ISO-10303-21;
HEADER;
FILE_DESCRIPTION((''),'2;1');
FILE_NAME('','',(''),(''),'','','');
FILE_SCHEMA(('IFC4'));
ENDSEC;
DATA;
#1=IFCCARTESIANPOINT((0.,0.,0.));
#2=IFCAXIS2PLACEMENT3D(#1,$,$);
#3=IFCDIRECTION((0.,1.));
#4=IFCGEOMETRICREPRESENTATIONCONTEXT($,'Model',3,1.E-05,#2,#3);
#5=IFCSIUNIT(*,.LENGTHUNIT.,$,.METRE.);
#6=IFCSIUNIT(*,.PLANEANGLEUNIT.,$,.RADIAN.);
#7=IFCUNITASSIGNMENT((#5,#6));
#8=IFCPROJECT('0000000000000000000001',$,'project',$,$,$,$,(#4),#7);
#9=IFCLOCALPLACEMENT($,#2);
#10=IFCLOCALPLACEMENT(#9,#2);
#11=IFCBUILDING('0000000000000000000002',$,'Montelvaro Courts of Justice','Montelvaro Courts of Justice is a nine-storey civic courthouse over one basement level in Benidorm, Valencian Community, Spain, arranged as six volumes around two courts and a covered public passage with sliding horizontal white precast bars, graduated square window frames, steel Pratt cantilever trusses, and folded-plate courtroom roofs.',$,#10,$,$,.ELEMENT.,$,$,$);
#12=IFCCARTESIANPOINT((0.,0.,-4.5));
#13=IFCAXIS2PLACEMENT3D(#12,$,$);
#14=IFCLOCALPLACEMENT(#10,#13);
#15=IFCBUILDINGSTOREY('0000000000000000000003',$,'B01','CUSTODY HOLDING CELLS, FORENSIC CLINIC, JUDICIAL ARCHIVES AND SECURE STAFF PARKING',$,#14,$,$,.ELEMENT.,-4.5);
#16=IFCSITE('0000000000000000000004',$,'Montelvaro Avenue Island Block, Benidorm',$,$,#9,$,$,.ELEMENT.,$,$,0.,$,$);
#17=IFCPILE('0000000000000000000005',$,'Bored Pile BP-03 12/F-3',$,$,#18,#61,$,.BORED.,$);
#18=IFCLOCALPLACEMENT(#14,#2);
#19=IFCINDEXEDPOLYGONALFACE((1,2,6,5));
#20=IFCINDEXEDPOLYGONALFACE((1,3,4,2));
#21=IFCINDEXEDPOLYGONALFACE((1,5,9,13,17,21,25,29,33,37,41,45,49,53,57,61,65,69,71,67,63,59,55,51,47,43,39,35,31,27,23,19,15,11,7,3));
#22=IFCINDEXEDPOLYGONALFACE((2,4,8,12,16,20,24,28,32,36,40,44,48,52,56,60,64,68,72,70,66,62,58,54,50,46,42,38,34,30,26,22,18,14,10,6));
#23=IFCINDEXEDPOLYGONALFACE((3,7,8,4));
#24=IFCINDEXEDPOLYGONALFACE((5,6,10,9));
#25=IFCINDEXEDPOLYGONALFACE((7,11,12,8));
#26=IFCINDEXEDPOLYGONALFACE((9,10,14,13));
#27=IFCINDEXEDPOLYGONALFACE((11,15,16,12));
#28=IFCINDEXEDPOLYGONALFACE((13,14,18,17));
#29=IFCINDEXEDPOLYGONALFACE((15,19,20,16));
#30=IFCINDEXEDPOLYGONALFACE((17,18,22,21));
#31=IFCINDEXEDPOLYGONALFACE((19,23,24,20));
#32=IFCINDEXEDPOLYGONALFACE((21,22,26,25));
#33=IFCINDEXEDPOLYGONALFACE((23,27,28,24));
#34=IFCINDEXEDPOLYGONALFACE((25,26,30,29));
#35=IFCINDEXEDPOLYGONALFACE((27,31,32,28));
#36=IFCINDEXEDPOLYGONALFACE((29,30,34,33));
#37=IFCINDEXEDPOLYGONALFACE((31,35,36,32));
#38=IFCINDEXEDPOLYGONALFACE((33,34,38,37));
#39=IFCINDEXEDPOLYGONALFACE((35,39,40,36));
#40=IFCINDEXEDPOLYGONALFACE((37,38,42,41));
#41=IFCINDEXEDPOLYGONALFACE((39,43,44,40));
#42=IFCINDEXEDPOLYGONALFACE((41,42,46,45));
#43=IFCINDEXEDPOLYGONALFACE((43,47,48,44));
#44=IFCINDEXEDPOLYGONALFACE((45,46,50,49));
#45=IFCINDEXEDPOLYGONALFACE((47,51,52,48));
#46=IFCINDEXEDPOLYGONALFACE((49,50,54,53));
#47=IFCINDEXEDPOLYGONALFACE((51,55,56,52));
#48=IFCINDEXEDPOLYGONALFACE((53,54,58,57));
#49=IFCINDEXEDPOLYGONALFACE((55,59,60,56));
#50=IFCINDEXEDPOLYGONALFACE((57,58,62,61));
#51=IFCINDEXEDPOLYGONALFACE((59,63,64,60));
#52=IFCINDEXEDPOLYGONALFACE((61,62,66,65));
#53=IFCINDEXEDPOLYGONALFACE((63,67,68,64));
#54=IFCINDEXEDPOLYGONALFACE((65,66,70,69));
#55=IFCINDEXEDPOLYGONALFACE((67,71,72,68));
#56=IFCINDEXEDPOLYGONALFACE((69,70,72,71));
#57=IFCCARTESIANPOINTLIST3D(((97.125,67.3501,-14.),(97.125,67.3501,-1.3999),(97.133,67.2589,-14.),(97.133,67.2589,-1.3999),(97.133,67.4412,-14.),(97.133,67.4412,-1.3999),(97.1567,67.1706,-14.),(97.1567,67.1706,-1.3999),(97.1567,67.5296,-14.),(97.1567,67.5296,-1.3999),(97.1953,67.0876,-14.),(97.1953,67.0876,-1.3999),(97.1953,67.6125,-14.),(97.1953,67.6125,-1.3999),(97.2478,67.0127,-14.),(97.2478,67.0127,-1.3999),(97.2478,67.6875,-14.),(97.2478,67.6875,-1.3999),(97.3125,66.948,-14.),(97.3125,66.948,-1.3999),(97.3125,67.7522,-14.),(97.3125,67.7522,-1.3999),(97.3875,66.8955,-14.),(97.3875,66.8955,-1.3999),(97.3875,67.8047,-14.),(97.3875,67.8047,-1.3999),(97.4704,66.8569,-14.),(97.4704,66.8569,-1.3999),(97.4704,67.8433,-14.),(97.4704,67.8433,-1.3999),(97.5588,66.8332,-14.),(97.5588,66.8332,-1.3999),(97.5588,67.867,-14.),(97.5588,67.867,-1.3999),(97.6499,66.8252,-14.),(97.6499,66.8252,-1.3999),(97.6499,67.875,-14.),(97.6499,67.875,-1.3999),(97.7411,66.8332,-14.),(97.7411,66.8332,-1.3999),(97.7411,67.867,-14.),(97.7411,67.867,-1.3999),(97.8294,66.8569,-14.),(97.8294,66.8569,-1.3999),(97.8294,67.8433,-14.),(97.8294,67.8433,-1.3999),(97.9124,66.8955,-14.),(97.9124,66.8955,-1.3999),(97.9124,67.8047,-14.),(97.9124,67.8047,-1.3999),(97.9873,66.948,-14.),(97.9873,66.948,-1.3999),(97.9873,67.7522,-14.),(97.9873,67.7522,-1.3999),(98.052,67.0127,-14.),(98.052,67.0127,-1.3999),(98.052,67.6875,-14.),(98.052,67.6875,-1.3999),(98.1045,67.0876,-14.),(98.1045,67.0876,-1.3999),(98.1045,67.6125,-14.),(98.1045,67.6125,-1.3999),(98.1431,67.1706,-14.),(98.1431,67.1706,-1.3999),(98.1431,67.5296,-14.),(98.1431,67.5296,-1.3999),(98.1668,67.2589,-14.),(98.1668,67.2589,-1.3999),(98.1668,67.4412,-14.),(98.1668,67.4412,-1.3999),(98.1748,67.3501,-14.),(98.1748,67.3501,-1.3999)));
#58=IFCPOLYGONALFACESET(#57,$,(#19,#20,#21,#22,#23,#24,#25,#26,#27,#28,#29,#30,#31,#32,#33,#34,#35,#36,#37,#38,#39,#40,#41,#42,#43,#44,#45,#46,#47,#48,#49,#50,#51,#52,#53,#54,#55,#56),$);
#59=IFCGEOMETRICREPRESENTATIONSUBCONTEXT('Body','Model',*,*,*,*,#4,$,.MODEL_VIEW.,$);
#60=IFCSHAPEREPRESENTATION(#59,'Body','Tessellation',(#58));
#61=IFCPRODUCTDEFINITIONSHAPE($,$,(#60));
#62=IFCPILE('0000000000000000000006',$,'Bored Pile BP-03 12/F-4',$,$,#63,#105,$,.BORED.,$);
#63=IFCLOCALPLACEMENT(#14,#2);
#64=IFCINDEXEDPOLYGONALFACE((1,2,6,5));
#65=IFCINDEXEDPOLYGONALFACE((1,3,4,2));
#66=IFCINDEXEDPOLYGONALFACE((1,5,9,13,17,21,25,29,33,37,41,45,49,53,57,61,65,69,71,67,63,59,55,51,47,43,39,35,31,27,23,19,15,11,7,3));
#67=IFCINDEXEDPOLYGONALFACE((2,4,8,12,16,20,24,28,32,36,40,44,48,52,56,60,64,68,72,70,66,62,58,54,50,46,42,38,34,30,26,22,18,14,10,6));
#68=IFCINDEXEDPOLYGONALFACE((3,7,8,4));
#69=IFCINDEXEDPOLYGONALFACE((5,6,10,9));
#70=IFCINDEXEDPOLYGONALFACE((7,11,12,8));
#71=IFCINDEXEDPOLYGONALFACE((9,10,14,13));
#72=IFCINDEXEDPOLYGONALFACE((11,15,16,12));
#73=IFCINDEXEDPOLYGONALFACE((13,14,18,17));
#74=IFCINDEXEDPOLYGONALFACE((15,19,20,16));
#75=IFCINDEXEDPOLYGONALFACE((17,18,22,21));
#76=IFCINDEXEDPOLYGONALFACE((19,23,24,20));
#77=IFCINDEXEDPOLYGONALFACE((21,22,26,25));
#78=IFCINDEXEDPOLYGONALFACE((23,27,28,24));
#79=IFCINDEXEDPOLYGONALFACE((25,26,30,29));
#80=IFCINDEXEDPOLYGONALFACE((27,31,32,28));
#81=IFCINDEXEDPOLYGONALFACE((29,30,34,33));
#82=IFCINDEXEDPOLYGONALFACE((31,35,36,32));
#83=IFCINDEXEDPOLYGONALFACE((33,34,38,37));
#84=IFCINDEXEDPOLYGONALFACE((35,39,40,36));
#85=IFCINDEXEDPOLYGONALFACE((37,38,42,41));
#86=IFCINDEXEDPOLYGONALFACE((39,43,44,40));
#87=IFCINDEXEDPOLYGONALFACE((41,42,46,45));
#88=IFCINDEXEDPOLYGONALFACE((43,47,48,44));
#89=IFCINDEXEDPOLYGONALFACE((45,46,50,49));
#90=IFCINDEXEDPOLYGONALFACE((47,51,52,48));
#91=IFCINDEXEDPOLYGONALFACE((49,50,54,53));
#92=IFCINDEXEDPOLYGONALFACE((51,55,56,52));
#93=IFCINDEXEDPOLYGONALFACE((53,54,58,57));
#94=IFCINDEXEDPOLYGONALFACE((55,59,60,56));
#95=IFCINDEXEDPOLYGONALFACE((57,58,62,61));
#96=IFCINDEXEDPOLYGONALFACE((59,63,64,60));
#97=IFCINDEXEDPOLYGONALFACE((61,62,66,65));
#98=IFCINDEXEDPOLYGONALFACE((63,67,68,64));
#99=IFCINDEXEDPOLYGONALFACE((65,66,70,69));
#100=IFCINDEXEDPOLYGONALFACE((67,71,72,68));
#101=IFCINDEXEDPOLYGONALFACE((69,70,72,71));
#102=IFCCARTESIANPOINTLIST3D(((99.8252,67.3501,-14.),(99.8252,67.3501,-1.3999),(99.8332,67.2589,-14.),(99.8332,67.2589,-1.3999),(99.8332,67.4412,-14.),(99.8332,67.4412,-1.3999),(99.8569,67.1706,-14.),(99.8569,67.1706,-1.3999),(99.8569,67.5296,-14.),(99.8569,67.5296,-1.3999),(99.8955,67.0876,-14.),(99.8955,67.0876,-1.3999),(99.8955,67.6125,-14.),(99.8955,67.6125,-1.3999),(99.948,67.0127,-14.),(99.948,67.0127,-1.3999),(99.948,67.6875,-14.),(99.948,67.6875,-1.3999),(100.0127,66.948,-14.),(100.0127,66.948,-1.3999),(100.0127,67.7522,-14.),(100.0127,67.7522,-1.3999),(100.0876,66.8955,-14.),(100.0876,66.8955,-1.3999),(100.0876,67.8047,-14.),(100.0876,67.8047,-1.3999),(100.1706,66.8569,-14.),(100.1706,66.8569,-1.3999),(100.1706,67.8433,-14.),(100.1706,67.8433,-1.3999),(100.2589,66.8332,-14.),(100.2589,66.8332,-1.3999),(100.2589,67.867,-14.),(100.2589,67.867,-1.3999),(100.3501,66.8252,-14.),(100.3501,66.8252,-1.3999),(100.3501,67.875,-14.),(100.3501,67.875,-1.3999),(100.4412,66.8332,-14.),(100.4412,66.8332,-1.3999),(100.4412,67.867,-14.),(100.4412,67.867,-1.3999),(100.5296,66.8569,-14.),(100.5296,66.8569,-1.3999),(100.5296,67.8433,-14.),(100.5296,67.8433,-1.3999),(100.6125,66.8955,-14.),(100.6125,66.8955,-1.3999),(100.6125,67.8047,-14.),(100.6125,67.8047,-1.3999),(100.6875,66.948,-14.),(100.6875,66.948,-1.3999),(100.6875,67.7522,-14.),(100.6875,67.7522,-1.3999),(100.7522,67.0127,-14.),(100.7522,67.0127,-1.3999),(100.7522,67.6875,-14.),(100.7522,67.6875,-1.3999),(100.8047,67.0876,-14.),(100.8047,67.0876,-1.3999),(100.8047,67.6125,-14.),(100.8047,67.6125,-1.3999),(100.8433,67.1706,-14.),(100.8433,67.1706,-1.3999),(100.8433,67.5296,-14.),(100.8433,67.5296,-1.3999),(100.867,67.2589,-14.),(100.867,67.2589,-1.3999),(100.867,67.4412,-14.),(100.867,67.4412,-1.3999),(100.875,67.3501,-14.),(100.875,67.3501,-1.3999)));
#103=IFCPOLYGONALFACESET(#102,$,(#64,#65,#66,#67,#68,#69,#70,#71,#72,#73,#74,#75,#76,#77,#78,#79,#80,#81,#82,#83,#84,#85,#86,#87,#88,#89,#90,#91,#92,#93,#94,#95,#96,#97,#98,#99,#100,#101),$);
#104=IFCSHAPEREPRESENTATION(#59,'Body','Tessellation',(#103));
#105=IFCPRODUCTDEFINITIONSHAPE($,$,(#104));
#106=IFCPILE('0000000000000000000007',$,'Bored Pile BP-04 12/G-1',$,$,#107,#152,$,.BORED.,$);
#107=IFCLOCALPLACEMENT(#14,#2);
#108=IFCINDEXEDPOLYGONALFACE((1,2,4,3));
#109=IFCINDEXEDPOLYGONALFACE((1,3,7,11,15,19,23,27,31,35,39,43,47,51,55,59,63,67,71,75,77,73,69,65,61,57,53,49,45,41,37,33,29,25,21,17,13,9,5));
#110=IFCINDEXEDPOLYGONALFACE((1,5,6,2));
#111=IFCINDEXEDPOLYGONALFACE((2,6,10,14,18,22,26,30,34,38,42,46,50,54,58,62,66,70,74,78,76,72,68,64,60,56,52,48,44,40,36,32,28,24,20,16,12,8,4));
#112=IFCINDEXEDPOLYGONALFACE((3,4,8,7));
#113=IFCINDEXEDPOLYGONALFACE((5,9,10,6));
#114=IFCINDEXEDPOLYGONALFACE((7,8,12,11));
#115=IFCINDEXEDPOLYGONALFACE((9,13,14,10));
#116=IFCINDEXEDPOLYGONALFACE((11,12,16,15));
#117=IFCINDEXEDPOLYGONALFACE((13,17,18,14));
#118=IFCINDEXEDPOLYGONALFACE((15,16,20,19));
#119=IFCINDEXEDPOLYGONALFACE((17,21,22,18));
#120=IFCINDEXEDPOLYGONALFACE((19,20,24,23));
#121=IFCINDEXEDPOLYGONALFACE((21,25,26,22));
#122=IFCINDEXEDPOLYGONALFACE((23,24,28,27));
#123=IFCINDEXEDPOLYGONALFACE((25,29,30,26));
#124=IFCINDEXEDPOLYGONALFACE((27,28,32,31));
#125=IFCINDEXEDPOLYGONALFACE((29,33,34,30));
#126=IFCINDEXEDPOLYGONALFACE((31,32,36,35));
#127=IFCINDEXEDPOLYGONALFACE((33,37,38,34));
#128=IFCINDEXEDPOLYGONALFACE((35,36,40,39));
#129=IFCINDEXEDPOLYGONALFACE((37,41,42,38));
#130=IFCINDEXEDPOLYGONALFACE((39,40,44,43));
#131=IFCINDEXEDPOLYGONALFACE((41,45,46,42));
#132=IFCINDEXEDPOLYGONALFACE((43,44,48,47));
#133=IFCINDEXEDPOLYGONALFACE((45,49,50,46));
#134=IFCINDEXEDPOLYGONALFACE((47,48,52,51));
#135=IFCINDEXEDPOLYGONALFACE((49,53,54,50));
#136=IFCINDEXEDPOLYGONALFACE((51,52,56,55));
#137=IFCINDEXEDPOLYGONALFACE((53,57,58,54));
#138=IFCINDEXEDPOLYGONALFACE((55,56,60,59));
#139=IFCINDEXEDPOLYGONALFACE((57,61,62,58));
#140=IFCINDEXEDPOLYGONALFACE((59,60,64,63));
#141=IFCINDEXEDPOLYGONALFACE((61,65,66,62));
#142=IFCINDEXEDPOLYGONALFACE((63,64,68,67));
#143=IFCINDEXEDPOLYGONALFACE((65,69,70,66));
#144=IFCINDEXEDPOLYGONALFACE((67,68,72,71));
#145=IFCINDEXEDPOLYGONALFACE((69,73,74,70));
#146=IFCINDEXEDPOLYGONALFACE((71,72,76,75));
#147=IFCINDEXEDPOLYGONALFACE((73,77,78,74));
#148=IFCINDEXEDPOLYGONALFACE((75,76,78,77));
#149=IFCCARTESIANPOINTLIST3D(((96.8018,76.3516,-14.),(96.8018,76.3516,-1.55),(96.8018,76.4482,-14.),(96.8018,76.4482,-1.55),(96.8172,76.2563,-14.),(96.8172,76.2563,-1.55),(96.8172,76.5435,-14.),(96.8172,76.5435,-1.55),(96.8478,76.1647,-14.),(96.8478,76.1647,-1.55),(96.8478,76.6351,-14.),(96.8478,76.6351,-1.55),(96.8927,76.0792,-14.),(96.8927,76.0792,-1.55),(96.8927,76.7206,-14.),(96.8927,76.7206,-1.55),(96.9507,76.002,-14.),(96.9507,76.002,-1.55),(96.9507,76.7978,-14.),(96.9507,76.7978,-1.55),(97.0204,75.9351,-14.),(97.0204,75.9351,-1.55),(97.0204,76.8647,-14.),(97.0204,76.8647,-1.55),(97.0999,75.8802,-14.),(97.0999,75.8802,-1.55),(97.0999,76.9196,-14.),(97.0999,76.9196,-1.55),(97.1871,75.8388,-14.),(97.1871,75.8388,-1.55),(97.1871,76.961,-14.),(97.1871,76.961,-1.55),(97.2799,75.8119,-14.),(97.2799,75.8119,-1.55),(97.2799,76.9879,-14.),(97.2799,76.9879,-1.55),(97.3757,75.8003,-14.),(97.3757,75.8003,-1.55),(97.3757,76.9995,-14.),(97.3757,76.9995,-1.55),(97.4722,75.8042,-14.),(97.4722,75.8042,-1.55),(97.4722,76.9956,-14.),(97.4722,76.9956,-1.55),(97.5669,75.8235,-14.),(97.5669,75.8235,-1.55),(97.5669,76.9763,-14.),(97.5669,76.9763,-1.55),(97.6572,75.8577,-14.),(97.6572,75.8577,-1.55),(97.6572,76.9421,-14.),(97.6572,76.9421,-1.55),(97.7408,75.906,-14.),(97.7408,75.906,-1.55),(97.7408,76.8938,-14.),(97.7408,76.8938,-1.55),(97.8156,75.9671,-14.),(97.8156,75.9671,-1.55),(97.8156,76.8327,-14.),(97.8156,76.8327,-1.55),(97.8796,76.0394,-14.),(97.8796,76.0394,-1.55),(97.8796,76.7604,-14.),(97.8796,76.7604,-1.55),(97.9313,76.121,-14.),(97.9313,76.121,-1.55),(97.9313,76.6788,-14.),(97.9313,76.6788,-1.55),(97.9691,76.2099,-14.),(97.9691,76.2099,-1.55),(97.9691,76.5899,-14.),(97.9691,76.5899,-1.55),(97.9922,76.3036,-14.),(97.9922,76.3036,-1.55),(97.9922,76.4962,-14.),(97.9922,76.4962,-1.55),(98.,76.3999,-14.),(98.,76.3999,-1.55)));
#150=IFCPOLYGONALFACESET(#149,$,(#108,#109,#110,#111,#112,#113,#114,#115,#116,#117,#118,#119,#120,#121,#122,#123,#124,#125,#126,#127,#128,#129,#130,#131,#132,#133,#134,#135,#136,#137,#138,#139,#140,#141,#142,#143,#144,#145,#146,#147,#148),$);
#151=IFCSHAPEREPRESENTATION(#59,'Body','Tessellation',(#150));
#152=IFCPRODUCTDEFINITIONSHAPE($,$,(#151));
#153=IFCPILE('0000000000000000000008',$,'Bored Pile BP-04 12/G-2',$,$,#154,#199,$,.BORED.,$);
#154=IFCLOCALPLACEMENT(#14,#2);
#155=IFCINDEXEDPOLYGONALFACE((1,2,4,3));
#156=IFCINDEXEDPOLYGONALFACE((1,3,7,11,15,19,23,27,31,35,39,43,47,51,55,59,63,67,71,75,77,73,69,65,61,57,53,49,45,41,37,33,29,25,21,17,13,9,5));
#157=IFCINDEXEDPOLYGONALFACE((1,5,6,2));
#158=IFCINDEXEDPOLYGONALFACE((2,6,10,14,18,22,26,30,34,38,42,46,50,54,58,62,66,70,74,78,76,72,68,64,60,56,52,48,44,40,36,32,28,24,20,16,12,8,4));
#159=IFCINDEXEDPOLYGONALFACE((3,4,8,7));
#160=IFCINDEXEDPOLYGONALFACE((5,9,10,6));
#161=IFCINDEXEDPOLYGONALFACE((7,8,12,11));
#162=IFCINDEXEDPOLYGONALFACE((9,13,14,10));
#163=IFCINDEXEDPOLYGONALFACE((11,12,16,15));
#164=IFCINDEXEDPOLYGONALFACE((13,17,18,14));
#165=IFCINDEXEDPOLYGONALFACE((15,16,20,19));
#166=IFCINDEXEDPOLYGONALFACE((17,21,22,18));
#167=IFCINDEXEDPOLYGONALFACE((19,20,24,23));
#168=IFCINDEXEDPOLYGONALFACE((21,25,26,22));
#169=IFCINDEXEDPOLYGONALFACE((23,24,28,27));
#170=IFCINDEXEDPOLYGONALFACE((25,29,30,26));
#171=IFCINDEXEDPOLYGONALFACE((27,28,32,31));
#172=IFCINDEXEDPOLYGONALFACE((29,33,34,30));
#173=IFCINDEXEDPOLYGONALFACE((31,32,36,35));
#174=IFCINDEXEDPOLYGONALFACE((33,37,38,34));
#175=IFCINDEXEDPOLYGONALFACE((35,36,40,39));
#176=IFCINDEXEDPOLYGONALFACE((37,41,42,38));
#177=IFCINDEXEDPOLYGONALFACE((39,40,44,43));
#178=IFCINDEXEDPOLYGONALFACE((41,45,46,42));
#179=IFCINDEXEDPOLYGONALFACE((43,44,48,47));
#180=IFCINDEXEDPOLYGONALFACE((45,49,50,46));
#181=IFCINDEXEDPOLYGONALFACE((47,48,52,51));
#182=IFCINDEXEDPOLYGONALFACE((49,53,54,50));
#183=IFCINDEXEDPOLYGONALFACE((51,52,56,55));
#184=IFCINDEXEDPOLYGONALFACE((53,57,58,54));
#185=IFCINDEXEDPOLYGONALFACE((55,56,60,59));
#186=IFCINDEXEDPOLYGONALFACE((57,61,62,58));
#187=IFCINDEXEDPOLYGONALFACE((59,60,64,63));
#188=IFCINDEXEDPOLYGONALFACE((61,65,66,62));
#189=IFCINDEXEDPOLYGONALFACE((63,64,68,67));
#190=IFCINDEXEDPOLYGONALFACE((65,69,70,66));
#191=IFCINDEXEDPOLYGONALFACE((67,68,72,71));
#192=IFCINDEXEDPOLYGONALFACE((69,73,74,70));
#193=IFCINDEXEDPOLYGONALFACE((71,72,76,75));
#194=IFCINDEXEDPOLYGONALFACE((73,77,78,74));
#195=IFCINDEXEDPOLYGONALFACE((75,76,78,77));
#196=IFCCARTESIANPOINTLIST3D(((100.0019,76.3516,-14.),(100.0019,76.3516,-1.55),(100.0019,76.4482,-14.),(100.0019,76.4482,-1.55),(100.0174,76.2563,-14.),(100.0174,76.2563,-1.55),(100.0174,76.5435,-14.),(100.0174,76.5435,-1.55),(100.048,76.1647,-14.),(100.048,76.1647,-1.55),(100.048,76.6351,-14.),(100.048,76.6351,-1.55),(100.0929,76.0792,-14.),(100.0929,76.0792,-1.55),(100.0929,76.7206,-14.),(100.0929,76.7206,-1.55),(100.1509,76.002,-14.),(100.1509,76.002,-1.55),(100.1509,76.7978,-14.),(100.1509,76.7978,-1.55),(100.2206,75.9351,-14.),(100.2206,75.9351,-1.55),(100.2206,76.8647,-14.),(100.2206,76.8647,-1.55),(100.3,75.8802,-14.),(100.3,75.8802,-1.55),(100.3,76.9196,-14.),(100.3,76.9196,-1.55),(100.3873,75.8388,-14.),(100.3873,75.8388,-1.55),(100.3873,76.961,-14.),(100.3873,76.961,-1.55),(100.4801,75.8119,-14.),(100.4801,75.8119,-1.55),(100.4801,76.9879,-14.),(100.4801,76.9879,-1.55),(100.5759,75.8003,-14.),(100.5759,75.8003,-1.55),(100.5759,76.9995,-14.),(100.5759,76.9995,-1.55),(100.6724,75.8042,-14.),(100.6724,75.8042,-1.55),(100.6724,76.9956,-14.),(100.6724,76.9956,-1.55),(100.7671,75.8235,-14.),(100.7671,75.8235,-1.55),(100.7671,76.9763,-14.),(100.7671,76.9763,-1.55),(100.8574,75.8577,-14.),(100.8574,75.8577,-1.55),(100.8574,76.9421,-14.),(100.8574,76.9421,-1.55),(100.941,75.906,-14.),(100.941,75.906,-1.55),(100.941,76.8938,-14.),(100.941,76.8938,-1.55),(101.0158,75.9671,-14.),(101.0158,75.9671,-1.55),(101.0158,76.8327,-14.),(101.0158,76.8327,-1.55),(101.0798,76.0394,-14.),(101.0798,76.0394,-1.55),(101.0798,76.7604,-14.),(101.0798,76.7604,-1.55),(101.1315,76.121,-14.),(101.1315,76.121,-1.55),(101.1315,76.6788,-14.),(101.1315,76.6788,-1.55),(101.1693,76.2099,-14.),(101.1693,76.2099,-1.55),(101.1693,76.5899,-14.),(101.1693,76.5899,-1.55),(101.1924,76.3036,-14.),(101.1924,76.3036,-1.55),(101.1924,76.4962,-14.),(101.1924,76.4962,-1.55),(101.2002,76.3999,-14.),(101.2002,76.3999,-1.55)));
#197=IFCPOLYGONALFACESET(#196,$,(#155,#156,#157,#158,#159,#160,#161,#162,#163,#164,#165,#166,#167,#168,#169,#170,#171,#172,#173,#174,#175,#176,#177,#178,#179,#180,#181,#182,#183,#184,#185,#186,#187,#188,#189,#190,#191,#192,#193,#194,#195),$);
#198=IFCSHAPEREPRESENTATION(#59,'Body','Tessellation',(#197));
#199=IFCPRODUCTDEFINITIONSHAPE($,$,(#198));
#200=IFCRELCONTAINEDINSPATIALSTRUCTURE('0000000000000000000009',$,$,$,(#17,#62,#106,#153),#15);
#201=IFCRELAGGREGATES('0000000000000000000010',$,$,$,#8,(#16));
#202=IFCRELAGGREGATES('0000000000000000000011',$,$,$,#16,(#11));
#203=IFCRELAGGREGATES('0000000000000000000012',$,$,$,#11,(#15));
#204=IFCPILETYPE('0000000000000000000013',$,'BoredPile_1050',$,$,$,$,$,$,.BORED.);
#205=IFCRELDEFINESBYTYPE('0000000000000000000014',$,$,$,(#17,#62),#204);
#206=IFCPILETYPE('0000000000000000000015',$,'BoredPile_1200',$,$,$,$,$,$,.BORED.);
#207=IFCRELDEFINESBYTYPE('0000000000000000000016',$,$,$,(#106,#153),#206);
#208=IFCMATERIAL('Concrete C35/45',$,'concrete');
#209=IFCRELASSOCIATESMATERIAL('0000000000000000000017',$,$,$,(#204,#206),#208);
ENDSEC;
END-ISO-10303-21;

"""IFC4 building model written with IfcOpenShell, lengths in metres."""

from ifc_helpers import new_model, si_unit, direction, frame, origin, origin_2d, place, context, subcontext, project, spatial, circle, extrude, material, material_profile, profile_set, type_object, element, save


model = new_model("IFC4")

# Units and contexts
model_context = context("Model", 3, precision=1e-05, world=origin(), true_north=direction((0.0, 1.0)))
body_context = subcontext(model_context, "Body", "Model", "MODEL_VIEW")
ifc_project = project(units=[si_unit("LENGTHUNIT", "METRE"), si_unit("PLANEANGLEUNIT", "RADIAN")], contexts=[model_context])

# Site, building, storey
site_placement = place(None, origin())
site = spatial("IfcSite", under=ifc_project, at=site_placement, Name="Montelvaro Avenue Island Block, Benidorm", CompositionType="ELEMENT", RefElevation=0.0)
building_placement = place(site_placement, origin())
building = spatial("IfcBuilding", under=site, at=building_placement, Name="Montelvaro Courts of Justice", Description="Montelvaro Courts of Justice is a nine-storey civic courthouse over one basement level in Benidorm, Valencian Community, Spain, arranged as six volumes around two courts and a covered public passage with sliding horizontal white precast bars, graduated square window frames, steel Pratt cantilever trusses, and folded-plate courtroom roofs.", CompositionType="ELEMENT")
storey_placement = place(building_placement, frame((0.0, 0.0, -4.5)))
storey = spatial("IfcBuildingStorey", under=building, at=storey_placement, Name="B01", Description="CUSTODY HOLDING CELLS, FORENSIC CLINIC, JUDICIAL ARCHIVES AND SECURE STAFF PARKING", CompositionType="ELEMENT", Elevation=-4.5)

# Piles
ifc_material_1 = material(Name="Concrete C35/45", Category="concrete")
ifc_material_profile_1 = material_profile(ifc_material_1, circle(Radius=0.5249, at=origin_2d()), Name="BORED PILE D1050")
ifc_profile_set_1 = profile_set([ifc_material_profile_1], Name="Concrete C35/45")
pile_type_1 = type_object("IfcPileType", Name="BoredPile_1050", PredefinedType="BORED", material=ifc_profile_set_1)
for number, where, z_axis, x_axis, name in (
    (1, (97.6499, 67.3501, -1.3999), (0.0, 0.0, -1.0), (1.0, 0.0, 0.0), "Bored Pile BP-03 12/F-3"),
    (2, (100.3501, 67.3501, -1.3999), (0.0, 0.0, -1.0), (1.0, 0.0, 0.0), "Bored Pile BP-03 12/F-4"),
):
    element("IfcPile", number, at=place(storey_placement, frame(where, z_axis=z_axis, x_axis=x_axis)), inside=storey, type_object=pile_type_1, Name=name, PredefinedType="BORED", context=body_context, shape_type="SweptSolid", body=[
        extrude(circle(Radius=0.5249, at=origin_2d()), origin(), (0.0, 0.0, 1.0), 12.6001),
    ])
ifc_material_profile_2 = material_profile(ifc_material_1, circle(Radius=0.6001, at=origin_2d()), Name="BORED PILE D1200")
ifc_profile_set_2 = profile_set([ifc_material_profile_2], Name="Concrete C35/45")
pile_type_2 = type_object("IfcPileType", Name="BoredPile_1200", PredefinedType="BORED", material=ifc_profile_set_2)
for number, where, z_axis, x_axis, name in (
    (3, (97.3999, 76.3999, -1.55), (0.0, 0.0, -1.0), (1.0, 0.0, 0.0), "Bored Pile BP-04 12/G-1"),
    (4, (100.6001, 76.3999, -1.55), (0.0, 0.0, -1.0), (1.0, 0.0, 0.0), "Bored Pile BP-04 12/G-2"),
):
    element("IfcPile", number, at=place(storey_placement, frame(where, z_axis=z_axis, x_axis=x_axis)), inside=storey, type_object=pile_type_2, Name=name, PredefinedType="BORED", context=body_context, shape_type="SweptSolid", body=[
        extrude(circle(Radius=0.6001, at=origin_2d()), origin(), (0.0, 0.0, 1.0), 12.45),
    ])

save(model, "model.ifc")
